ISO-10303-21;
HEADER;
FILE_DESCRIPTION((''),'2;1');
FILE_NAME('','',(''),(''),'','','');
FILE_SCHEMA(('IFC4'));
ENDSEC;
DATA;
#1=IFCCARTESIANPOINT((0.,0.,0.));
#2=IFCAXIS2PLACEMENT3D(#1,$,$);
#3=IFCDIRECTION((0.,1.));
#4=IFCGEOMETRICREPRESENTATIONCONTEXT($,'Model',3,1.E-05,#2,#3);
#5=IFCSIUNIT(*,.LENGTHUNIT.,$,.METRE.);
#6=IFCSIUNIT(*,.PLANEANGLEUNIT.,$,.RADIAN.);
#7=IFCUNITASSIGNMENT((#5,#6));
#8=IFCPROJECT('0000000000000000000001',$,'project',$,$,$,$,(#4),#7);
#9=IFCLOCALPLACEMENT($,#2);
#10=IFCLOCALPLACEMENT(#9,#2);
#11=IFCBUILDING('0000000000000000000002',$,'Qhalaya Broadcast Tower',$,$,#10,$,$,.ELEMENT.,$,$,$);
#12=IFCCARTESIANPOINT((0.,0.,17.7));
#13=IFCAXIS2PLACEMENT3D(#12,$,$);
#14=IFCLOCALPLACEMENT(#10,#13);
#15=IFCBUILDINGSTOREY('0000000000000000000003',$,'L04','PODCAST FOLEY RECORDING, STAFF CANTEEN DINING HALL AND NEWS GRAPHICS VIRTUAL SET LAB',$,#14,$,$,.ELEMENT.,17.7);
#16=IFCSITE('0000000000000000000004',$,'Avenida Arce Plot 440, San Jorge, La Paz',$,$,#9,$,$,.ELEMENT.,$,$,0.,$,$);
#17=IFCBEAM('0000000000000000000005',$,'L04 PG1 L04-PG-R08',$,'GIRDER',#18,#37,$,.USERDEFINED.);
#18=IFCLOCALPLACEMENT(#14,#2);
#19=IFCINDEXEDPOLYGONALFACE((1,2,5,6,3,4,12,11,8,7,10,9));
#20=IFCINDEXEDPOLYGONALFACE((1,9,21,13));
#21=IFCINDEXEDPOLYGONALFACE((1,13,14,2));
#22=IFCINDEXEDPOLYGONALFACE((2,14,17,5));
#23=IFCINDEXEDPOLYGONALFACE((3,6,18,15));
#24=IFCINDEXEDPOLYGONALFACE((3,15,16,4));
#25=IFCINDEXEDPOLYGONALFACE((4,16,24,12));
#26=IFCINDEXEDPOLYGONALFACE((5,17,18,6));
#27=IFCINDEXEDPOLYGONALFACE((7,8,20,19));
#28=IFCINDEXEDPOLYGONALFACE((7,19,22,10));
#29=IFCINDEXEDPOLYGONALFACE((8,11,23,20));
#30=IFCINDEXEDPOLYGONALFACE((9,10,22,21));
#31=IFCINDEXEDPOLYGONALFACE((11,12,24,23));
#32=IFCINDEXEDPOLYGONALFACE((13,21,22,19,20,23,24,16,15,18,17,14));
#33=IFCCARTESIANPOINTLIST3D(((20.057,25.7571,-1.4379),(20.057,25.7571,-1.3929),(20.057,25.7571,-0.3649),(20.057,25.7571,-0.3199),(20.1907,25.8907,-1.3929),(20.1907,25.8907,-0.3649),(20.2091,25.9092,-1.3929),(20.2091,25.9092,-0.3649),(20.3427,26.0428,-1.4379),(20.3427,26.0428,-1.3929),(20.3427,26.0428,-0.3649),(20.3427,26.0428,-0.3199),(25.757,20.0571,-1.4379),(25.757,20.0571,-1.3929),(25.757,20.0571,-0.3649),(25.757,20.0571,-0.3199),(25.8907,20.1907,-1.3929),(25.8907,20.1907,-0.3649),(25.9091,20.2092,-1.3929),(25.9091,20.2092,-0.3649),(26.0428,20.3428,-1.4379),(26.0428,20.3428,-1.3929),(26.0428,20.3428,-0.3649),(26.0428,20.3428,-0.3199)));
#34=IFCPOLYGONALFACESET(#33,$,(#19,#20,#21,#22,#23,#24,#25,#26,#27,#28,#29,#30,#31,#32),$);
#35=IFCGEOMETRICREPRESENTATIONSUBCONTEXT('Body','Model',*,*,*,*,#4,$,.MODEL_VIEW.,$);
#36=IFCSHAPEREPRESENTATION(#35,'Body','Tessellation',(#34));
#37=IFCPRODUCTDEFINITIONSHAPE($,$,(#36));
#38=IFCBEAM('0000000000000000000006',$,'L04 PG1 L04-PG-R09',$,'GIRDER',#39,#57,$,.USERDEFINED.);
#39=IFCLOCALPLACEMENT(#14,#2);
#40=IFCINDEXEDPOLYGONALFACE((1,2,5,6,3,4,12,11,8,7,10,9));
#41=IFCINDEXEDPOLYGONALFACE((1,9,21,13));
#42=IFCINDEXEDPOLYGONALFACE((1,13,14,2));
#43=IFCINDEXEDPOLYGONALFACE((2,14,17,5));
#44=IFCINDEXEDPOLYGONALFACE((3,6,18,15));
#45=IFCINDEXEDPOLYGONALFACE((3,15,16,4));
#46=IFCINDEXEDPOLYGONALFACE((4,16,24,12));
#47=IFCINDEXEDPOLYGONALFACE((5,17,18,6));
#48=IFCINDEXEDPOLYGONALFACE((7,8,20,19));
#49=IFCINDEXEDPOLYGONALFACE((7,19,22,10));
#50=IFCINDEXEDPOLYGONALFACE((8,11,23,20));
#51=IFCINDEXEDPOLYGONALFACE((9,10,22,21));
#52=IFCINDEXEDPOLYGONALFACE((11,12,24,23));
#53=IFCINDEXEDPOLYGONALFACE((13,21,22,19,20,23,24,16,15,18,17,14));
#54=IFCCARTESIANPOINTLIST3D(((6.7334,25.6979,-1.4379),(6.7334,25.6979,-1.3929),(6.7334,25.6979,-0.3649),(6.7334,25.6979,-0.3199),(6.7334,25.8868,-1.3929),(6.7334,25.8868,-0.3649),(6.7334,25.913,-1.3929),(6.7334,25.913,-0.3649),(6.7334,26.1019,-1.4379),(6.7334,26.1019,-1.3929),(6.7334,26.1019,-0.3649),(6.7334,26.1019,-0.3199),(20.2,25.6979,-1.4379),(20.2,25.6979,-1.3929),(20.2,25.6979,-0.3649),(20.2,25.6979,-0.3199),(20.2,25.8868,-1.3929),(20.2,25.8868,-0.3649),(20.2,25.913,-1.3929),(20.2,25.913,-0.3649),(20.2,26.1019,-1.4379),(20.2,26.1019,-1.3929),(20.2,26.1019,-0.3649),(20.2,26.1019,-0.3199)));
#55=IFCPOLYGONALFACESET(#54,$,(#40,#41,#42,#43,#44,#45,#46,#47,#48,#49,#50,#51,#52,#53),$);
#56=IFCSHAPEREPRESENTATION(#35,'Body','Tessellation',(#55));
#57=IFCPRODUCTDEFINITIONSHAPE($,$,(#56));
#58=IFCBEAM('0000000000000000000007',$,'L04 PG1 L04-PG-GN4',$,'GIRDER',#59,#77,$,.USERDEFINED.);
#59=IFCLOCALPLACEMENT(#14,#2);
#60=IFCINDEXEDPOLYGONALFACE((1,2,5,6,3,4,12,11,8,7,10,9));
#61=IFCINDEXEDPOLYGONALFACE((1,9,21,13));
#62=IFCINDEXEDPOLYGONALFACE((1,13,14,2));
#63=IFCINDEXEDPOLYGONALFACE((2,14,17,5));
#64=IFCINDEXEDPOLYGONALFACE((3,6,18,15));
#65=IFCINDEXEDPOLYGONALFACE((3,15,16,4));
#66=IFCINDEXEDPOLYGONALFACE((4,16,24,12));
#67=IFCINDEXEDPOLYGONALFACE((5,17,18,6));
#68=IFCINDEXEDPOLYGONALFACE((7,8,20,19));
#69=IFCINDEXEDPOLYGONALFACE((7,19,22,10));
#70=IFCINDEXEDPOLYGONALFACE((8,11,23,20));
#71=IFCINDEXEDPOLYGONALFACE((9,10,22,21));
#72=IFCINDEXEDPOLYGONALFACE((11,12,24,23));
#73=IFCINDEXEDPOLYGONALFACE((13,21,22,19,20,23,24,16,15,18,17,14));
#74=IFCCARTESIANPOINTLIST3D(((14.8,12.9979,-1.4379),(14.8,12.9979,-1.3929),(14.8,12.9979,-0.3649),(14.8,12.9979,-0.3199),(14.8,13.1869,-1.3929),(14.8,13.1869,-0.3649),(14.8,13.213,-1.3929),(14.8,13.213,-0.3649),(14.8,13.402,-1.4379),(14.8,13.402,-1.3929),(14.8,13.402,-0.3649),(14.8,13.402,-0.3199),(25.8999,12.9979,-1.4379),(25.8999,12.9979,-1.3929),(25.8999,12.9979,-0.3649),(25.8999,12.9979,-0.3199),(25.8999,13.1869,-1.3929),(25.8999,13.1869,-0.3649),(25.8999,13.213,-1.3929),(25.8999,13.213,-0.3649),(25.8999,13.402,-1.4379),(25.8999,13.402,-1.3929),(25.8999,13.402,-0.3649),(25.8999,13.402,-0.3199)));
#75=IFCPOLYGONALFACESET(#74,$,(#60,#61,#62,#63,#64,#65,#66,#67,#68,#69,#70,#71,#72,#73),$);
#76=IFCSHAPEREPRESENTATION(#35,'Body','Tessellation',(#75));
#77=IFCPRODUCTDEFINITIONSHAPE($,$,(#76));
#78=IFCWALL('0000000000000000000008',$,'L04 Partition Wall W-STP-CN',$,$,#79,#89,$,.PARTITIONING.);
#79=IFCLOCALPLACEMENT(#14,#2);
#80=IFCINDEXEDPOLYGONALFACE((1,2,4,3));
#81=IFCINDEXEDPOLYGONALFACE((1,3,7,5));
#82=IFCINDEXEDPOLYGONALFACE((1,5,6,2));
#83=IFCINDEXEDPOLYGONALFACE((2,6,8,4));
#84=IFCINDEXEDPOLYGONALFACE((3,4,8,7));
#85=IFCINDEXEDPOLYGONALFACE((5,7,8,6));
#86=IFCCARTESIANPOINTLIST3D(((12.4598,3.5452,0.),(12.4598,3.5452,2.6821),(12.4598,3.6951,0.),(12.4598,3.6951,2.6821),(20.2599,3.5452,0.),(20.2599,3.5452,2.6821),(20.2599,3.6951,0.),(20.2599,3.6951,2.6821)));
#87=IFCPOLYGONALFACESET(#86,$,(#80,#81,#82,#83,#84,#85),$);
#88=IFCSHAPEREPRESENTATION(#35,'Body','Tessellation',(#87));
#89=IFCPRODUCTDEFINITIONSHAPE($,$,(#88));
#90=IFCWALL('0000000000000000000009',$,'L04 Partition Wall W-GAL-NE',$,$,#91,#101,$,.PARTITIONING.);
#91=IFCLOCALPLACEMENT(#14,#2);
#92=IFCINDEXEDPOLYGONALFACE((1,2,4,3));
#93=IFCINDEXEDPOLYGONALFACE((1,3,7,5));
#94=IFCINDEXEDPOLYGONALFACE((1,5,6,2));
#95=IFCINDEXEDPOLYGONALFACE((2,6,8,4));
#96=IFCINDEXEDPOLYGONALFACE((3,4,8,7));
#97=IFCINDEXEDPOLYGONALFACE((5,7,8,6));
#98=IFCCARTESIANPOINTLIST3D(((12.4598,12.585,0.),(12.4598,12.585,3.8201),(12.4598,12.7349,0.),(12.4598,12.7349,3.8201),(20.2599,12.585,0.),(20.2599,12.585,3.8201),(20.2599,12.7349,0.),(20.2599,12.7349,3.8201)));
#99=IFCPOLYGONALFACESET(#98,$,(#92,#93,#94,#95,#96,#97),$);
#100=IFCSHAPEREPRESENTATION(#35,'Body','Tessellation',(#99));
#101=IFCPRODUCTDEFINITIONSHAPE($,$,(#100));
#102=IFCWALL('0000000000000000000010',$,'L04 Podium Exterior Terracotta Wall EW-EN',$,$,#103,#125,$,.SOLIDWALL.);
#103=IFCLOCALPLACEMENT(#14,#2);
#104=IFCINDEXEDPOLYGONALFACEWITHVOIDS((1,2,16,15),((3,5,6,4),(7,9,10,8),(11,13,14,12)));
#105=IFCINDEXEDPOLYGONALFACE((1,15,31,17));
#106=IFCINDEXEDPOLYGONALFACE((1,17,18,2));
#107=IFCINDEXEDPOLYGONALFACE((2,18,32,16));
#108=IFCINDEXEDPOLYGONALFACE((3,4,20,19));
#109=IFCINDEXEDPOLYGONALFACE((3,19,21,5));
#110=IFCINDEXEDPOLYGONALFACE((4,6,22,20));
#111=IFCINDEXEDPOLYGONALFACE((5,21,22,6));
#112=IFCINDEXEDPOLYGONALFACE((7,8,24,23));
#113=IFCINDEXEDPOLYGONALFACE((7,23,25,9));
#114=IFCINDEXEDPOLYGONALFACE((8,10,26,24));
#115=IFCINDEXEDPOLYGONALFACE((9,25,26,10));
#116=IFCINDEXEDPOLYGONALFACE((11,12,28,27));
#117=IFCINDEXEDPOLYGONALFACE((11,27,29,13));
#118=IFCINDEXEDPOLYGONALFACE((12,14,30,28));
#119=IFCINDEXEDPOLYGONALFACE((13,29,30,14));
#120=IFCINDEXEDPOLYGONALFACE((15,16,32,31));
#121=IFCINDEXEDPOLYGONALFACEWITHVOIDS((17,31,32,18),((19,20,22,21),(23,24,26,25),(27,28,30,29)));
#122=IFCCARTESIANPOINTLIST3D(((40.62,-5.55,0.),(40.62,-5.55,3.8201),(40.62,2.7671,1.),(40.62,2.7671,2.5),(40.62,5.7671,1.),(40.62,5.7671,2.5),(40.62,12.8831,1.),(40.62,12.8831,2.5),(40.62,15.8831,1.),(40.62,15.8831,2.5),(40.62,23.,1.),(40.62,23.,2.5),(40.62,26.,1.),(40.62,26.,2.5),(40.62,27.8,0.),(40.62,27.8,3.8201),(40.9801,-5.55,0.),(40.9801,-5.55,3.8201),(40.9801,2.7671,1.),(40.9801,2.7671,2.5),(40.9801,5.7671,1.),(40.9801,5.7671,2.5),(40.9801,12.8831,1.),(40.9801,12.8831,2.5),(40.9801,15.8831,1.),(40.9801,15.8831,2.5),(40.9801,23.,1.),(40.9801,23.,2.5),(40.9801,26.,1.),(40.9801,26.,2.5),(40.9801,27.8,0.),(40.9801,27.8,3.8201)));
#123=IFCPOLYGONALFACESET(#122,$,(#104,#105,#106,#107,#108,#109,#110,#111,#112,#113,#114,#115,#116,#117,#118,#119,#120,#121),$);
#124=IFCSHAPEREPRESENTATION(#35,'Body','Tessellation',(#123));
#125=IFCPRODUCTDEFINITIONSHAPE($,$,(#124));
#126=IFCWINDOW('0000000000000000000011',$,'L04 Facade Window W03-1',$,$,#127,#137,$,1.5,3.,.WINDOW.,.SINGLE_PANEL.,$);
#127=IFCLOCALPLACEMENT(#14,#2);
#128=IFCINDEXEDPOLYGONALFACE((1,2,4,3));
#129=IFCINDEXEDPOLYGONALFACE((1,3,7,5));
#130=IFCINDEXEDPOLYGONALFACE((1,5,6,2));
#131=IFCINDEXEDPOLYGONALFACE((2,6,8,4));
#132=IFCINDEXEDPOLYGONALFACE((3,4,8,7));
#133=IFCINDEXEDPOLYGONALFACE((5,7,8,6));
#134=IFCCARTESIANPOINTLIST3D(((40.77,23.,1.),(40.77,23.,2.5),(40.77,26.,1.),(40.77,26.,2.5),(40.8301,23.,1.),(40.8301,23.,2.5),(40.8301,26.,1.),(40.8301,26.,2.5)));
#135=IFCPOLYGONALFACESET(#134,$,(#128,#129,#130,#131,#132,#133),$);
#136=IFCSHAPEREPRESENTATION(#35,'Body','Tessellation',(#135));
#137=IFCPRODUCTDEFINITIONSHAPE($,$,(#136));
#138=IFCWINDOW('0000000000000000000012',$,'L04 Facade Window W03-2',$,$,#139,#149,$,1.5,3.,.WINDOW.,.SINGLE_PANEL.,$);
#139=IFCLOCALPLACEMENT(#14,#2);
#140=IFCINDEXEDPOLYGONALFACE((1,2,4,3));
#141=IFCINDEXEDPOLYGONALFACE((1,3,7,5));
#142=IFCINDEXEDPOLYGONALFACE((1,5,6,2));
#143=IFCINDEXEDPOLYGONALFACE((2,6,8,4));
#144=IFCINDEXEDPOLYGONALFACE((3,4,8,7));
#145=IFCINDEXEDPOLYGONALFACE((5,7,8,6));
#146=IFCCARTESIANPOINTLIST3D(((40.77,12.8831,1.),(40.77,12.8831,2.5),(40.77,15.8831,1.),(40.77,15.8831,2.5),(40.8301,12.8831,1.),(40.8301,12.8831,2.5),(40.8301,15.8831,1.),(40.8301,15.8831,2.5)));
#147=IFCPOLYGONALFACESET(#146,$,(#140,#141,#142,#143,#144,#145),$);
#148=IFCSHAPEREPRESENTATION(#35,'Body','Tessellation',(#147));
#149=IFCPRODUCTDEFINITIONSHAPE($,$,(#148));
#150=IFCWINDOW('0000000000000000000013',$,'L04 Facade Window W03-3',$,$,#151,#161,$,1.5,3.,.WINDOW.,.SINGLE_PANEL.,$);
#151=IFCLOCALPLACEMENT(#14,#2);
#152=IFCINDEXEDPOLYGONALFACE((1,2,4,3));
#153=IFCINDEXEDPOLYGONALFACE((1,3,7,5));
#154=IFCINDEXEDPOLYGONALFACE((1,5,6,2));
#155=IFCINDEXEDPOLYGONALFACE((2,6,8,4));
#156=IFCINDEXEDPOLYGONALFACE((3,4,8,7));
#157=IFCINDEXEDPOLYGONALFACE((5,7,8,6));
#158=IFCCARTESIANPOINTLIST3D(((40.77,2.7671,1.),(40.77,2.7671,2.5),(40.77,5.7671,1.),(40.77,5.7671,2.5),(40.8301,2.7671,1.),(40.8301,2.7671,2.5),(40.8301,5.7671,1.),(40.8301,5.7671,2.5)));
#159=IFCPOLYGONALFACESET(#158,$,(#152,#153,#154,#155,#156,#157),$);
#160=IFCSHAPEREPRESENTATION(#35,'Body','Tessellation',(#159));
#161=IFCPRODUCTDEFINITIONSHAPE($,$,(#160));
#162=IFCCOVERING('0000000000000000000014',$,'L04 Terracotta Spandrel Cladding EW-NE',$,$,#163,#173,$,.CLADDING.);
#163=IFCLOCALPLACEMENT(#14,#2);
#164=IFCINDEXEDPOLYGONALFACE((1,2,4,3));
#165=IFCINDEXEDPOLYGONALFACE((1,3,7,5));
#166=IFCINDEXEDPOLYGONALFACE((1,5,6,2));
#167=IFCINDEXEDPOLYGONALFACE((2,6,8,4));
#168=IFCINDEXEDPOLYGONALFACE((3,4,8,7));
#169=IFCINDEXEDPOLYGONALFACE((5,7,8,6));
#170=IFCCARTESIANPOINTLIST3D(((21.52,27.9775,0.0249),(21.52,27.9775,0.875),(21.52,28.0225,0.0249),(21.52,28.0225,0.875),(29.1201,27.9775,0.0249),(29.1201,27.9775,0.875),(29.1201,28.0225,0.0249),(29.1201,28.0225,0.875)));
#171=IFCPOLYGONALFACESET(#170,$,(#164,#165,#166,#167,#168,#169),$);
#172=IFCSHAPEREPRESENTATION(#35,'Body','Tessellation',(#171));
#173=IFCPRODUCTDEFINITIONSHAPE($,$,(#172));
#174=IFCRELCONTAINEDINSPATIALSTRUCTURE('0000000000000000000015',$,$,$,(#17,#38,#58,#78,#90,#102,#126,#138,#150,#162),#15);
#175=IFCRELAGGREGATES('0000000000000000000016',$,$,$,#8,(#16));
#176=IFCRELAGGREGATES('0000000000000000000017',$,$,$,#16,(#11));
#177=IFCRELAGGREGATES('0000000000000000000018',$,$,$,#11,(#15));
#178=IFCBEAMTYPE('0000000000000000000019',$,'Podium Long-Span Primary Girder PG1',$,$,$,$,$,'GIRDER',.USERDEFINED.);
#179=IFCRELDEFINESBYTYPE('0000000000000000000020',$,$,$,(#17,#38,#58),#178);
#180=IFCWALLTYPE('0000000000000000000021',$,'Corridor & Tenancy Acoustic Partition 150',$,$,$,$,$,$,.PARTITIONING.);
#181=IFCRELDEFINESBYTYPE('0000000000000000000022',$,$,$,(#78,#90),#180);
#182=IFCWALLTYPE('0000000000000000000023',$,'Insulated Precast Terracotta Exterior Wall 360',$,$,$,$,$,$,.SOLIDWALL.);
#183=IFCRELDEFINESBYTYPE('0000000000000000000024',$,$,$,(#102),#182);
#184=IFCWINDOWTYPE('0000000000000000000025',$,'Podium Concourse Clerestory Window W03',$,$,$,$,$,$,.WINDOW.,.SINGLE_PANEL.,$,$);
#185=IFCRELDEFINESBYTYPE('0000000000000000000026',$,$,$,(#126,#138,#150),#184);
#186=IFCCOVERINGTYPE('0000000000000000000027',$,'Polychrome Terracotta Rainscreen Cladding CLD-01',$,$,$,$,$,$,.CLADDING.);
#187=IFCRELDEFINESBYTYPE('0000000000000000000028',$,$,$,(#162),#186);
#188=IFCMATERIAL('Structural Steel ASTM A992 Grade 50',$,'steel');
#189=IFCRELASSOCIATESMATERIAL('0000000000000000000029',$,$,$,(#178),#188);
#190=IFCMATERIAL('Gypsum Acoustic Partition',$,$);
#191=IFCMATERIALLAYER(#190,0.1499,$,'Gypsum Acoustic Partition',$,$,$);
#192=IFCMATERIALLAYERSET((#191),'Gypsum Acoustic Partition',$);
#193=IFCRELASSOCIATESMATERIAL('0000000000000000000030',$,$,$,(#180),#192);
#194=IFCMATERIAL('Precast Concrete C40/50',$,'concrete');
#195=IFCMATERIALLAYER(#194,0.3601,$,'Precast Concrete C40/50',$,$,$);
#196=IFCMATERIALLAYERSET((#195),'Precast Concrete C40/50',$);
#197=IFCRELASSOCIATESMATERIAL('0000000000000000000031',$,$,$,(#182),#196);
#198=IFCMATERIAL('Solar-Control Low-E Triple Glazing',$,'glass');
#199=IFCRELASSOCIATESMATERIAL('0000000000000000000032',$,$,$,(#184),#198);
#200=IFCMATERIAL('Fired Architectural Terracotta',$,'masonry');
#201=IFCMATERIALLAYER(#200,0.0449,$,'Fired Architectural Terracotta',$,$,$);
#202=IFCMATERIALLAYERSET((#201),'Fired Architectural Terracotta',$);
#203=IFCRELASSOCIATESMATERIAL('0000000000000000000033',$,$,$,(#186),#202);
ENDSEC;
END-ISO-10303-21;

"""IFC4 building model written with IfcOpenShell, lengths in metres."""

from ifc_helpers import new_model, si_unit, direction, frame, frame_2d, origin, origin_2d, place, context, subcontext, project, spatial, rectangle, i_section, extrude, material, layer, layer_set, material_profile, profile_set, type_object, element, fill, save


model = new_model("IFC4")

# Units and contexts
model_context = context("Model", 3, precision=1e-05, world=origin(), true_north=direction((0.0, 1.0)))
body_context = subcontext(model_context, "Body", "Model", "MODEL_VIEW")
ifc_project = project(units=[si_unit("LENGTHUNIT", "METRE"), si_unit("PLANEANGLEUNIT", "RADIAN")], contexts=[model_context])

# Site, building, storey
site_placement = place(None, origin())
site = spatial("IfcSite", under=ifc_project, at=site_placement, Name="Avenida Arce Plot 440, San Jorge, La Paz", CompositionType="ELEMENT", RefElevation=0.0)
building_placement = place(site_placement, origin())
building = spatial("IfcBuilding", under=site, at=building_placement, Name="Qhalaya Broadcast Tower", CompositionType="ELEMENT")
storey_placement = place(building_placement, frame((0.0, 0.0, 17.7)))
storey = spatial("IfcBuildingStorey", under=building, at=storey_placement, Name="L04", Description="PODCAST FOLEY RECORDING, STAFF CANTEEN DINING HALL AND NEWS GRAPHICS VIRTUAL SET LAB", CompositionType="ELEMENT", Elevation=17.7)

# Beams
ifc_material_1 = material(Name="Structural Steel ASTM A992 Grade 50", Category="steel")
ifc_material_profile_1 = material_profile(ifc_material_1, i_section(OverallWidth=0.4041, OverallDepth=1.1179, WebThickness=0.0261, FlangeThickness=0.0449, at=origin_2d()), Name="W44X335")
ifc_profile_set_1 = profile_set([ifc_material_profile_1], Name="Structural Steel ASTM A992 Grade 50")
beam_type_1 = type_object("IfcBeamType", Name="Podium Long-Span Primary Girder PG1", ElementType="GIRDER", PredefinedType="USERDEFINED", material=ifc_profile_set_1)
beam_1_placement = place(storey_placement, frame((25.8999, 20.2, -0.8789), z_axis=(-0.707107, 0.707107, 0.0), x_axis=(-0.707107, -0.707107, 0.0)))
element("IfcBeam", 1, at=beam_1_placement, inside=storey, type_object=beam_type_1, Name="L04 PG1 L04-PG-R08", ObjectType="GIRDER", PredefinedType="USERDEFINED", context=body_context, shape_type="SweptSolid", body=[
    extrude(i_section(OverallWidth=0.4041, OverallDepth=1.1179, WebThickness=0.0261, FlangeThickness=0.0449, at=origin_2d()), origin(), (0.0, 0.0, 1.0), 8.061),
])
beam_2_placement = place(storey_placement, frame((20.2, 25.8999, -0.8789), z_axis=(-1.0, 0.0, 0.0), x_axis=(0.0, -1.0, 0.0)))
element("IfcBeam", 2, at=beam_2_placement, inside=storey, type_object=beam_type_1, Name="L04 PG1 L04-PG-R09", ObjectType="GIRDER", PredefinedType="USERDEFINED", context=body_context, shape_type="SweptSolid", body=[
    extrude(i_section(OverallWidth=0.4041, OverallDepth=1.1179, WebThickness=0.0261, FlangeThickness=0.0449, at=origin_2d()), origin(), (0.0, 0.0, 1.0), 13.4666),
])
beam_3_placement = place(storey_placement, frame((14.8, 13.2, -0.8789), z_axis=(1.0, 0.0, 0.0), x_axis=(0.0, 1.0, 0.0)))
element("IfcBeam", 3, at=beam_3_placement, inside=storey, type_object=beam_type_1, Name="L04 PG1 L04-PG-GN4", ObjectType="GIRDER", PredefinedType="USERDEFINED", context=body_context, shape_type="SweptSolid", body=[
    extrude(i_section(OverallWidth=0.4041, OverallDepth=1.1179, WebThickness=0.0261, FlangeThickness=0.0449, at=origin_2d()), origin(), (0.0, 0.0, 1.0), 11.0999),
])

# Walls
ifc_material_2 = material(Name="Gypsum Acoustic Partition")
ifc_layer_1 = layer(ifc_material_2, 0.1499, Name="Gypsum Acoustic Partition")
ifc_layer_set_1 = layer_set([ifc_layer_1], Name="Gypsum Acoustic Partition")
wall_type_1 = type_object("IfcWallType", Name="Corridor & Tenancy Acoustic Partition 150", PredefinedType="PARTITIONING", material=ifc_layer_set_1)
wall_1_placement = place(storey_placement, frame((12.46, 3.6201, 0.0), z_axis=(0.0, 0.0, 1.0), x_axis=(1.0, 0.0, 0.0)))
element("IfcWall", 4, at=wall_1_placement, inside=storey, type_object=wall_type_1, Name="L04 Partition Wall W-STP-CN", PredefinedType="PARTITIONING", context=body_context, shape_type="SweptSolid", body=[
    extrude(rectangle(XDim=7.8, YDim=0.1499, at=frame_2d((3.8999, 0.0))), origin(), (0.0, 0.0, 1.0), 2.6821),
])
wall_2_placement = place(storey_placement, frame((12.46, 12.6599, 0.0), z_axis=(0.0, 0.0, 1.0), x_axis=(1.0, 0.0, 0.0)))
element("IfcWall", 5, at=wall_2_placement, inside=storey, type_object=wall_type_1, Name="L04 Partition Wall W-GAL-NE", PredefinedType="PARTITIONING", context=body_context, shape_type="SweptSolid", body=[
    extrude(rectangle(XDim=7.8, YDim=0.1499, at=frame_2d((3.8999, 0.0))), origin(), (0.0, 0.0, 1.0), 3.8201),
])

# Wall, openings, windows
ifc_material_3 = material(Name="Precast Concrete C40/50", Category="concrete")
ifc_layer_2 = layer(ifc_material_3, 0.3601, Name="Precast Concrete C40/50")
ifc_layer_set_2 = layer_set([ifc_layer_2], Name="Precast Concrete C40/50")
wall_type_2 = type_object("IfcWallType", Name="Insulated Precast Terracotta Exterior Wall 360", PredefinedType="SOLIDWALL", material=ifc_layer_set_2)
wall_3_placement = place(storey_placement, frame((40.8, 27.8, 0.0), z_axis=(0.0, 0.0, 1.0), x_axis=(0.0, -1.0, 0.0)))
wall_3 = element("IfcWall", 6, at=wall_3_placement, inside=storey, type_object=wall_type_2, Name="L04 Podium Exterior Terracotta Wall EW-EN", PredefinedType="SOLIDWALL", context=body_context, shape_type="SweptSolid", body=[
    extrude(rectangle(XDim=33.3501, YDim=0.3601, at=frame_2d((16.675, 0.0))), origin(), (0.0, 0.0, 1.0), 3.8201),
])
opening_1_placement = place(wall_3_placement, frame((1.8, 0.0, 1.0)))
opening_1 = element("IfcOpeningElement", 7, at=opening_1_placement, cuts=wall_3, PredefinedType="OPENING", context=body_context, shape_type="SweptSolid", body=[
    extrude(rectangle(XDim=3.0, YDim=1.5, at=frame_2d((1.5, 0.75))), frame((0.0, 0.1921, 0.0), z_axis=(0.0, -1.0, 0.0), x_axis=(1.0, 0.0, 0.0)), (0.0, 0.0, 1.0), 0.384),
])
opening_2_placement = place(wall_3_placement, frame((11.917, 0.0, 1.0)))
opening_2 = element("IfcOpeningElement", 8, at=opening_2_placement, cuts=wall_3, PredefinedType="OPENING", context=body_context, shape_type="SweptSolid", body=[
    extrude(rectangle(XDim=3.0, YDim=1.5, at=frame_2d((1.5, 0.75))), frame((0.0, 0.1921, 0.0), z_axis=(0.0, -1.0, 0.0), x_axis=(1.0, 0.0, 0.0)), (0.0, 0.0, 1.0), 0.384),
])
opening_3_placement = place(wall_3_placement, frame((22.033, 0.0, 1.0)))
opening_3 = element("IfcOpeningElement", 9, at=opening_3_placement, cuts=wall_3, PredefinedType="OPENING", context=body_context, shape_type="SweptSolid", body=[
    extrude(rectangle(XDim=3.0, YDim=1.5, at=frame_2d((1.5, 0.75))), frame((0.0, 0.1921, 0.0), z_axis=(0.0, -1.0, 0.0), x_axis=(1.0, 0.0, 0.0)), (0.0, 0.0, 1.0), 0.384),
])
ifc_material_4 = material(Name="Solar-Control Low-E Triple Glazing", Category="glass")
window_type = type_object("IfcWindowType", Name="Podium Concourse Clerestory Window W03", PartitioningType="SINGLE_PANEL", PredefinedType="WINDOW", material=ifc_material_4)
window_1_placement = place(opening_1_placement, origin())
window_1 = element("IfcWindow", 10, at=window_1_placement, inside=storey, type_object=window_type, Name="L04 Facade Window W03-1", OverallHeight=1.5, OverallWidth=3.0, PartitioningType="SINGLE_PANEL", PredefinedType="WINDOW", context=body_context, shape_type="SweptSolid", body=[
    extrude(rectangle(XDim=3.0, YDim=1.5, at=frame_2d((1.5, 0.75))), frame((0.0, 0.03, 0.0), z_axis=(0.0, -1.0, 0.0), x_axis=(1.0, 0.0, 0.0)), (0.0, 0.0, 1.0), 0.0601),
])
fill(opening_1, window_1)
window_2_placement = place(opening_2_placement, origin())
window_2 = element("IfcWindow", 11, at=window_2_placement, inside=storey, type_object=window_type, Name="L04 Facade Window W03-2", OverallHeight=1.5, OverallWidth=3.0, PartitioningType="SINGLE_PANEL", PredefinedType="WINDOW", context=body_context, shape_type="SweptSolid", body=[
    extrude(rectangle(XDim=3.0, YDim=1.5, at=frame_2d((1.5, 0.75))), frame((0.0, 0.03, 0.0), z_axis=(0.0, -1.0, 0.0), x_axis=(1.0, 0.0, 0.0)), (0.0, 0.0, 1.0), 0.0601),
])
fill(opening_2, window_2)
window_3_placement = place(opening_3_placement, origin())
window_3 = element("IfcWindow", 12, at=window_3_placement, inside=storey, type_object=window_type, Name="L04 Facade Window W03-3", OverallHeight=1.5, OverallWidth=3.0, PartitioningType="SINGLE_PANEL", PredefinedType="WINDOW", context=body_context, shape_type="SweptSolid", body=[
    extrude(rectangle(XDim=3.0, YDim=1.5, at=frame_2d((1.5, 0.75))), frame((0.0, 0.03, 0.0), z_axis=(0.0, -1.0, 0.0), x_axis=(1.0, 0.0, 0.0)), (0.0, 0.0, 1.0), 0.0601),
])
fill(opening_3, window_3)

# Covering
ifc_material_5 = material(Name="Fired Architectural Terracotta", Category="masonry")
ifc_layer_3 = layer(ifc_material_5, 0.0449, Name="Fired Architectural Terracotta")
ifc_layer_set_3 = layer_set([ifc_layer_3], Name="Fired Architectural Terracotta")
covering_type = type_object("IfcCoveringType", Name="Polychrome Terracotta Rainscreen Cladding CLD-01", PredefinedType="CLADDING", material=ifc_layer_set_3)
for number, where, z_axis, x_axis, name in (
    (13, (25.3201, 28.0, 0.0249), (0.0, 0.0, 1.0), (1.0, 0.0, 0.0), "L04 Terracotta Spandrel Cladding EW-NE"),
):
    element("IfcCovering", number, at=place(storey_placement, frame(where, z_axis=z_axis, x_axis=x_axis)), inside=storey, type_object=covering_type, Name=name, PredefinedType="CLADDING", context=body_context, shape_type="SweptSolid", body=[
        extrude(rectangle(XDim=7.6001, YDim=0.0449, at=origin_2d()), origin(), (0.0, 0.0, 1.0), 0.8501),
    ])

save(model, "model.ifc")
